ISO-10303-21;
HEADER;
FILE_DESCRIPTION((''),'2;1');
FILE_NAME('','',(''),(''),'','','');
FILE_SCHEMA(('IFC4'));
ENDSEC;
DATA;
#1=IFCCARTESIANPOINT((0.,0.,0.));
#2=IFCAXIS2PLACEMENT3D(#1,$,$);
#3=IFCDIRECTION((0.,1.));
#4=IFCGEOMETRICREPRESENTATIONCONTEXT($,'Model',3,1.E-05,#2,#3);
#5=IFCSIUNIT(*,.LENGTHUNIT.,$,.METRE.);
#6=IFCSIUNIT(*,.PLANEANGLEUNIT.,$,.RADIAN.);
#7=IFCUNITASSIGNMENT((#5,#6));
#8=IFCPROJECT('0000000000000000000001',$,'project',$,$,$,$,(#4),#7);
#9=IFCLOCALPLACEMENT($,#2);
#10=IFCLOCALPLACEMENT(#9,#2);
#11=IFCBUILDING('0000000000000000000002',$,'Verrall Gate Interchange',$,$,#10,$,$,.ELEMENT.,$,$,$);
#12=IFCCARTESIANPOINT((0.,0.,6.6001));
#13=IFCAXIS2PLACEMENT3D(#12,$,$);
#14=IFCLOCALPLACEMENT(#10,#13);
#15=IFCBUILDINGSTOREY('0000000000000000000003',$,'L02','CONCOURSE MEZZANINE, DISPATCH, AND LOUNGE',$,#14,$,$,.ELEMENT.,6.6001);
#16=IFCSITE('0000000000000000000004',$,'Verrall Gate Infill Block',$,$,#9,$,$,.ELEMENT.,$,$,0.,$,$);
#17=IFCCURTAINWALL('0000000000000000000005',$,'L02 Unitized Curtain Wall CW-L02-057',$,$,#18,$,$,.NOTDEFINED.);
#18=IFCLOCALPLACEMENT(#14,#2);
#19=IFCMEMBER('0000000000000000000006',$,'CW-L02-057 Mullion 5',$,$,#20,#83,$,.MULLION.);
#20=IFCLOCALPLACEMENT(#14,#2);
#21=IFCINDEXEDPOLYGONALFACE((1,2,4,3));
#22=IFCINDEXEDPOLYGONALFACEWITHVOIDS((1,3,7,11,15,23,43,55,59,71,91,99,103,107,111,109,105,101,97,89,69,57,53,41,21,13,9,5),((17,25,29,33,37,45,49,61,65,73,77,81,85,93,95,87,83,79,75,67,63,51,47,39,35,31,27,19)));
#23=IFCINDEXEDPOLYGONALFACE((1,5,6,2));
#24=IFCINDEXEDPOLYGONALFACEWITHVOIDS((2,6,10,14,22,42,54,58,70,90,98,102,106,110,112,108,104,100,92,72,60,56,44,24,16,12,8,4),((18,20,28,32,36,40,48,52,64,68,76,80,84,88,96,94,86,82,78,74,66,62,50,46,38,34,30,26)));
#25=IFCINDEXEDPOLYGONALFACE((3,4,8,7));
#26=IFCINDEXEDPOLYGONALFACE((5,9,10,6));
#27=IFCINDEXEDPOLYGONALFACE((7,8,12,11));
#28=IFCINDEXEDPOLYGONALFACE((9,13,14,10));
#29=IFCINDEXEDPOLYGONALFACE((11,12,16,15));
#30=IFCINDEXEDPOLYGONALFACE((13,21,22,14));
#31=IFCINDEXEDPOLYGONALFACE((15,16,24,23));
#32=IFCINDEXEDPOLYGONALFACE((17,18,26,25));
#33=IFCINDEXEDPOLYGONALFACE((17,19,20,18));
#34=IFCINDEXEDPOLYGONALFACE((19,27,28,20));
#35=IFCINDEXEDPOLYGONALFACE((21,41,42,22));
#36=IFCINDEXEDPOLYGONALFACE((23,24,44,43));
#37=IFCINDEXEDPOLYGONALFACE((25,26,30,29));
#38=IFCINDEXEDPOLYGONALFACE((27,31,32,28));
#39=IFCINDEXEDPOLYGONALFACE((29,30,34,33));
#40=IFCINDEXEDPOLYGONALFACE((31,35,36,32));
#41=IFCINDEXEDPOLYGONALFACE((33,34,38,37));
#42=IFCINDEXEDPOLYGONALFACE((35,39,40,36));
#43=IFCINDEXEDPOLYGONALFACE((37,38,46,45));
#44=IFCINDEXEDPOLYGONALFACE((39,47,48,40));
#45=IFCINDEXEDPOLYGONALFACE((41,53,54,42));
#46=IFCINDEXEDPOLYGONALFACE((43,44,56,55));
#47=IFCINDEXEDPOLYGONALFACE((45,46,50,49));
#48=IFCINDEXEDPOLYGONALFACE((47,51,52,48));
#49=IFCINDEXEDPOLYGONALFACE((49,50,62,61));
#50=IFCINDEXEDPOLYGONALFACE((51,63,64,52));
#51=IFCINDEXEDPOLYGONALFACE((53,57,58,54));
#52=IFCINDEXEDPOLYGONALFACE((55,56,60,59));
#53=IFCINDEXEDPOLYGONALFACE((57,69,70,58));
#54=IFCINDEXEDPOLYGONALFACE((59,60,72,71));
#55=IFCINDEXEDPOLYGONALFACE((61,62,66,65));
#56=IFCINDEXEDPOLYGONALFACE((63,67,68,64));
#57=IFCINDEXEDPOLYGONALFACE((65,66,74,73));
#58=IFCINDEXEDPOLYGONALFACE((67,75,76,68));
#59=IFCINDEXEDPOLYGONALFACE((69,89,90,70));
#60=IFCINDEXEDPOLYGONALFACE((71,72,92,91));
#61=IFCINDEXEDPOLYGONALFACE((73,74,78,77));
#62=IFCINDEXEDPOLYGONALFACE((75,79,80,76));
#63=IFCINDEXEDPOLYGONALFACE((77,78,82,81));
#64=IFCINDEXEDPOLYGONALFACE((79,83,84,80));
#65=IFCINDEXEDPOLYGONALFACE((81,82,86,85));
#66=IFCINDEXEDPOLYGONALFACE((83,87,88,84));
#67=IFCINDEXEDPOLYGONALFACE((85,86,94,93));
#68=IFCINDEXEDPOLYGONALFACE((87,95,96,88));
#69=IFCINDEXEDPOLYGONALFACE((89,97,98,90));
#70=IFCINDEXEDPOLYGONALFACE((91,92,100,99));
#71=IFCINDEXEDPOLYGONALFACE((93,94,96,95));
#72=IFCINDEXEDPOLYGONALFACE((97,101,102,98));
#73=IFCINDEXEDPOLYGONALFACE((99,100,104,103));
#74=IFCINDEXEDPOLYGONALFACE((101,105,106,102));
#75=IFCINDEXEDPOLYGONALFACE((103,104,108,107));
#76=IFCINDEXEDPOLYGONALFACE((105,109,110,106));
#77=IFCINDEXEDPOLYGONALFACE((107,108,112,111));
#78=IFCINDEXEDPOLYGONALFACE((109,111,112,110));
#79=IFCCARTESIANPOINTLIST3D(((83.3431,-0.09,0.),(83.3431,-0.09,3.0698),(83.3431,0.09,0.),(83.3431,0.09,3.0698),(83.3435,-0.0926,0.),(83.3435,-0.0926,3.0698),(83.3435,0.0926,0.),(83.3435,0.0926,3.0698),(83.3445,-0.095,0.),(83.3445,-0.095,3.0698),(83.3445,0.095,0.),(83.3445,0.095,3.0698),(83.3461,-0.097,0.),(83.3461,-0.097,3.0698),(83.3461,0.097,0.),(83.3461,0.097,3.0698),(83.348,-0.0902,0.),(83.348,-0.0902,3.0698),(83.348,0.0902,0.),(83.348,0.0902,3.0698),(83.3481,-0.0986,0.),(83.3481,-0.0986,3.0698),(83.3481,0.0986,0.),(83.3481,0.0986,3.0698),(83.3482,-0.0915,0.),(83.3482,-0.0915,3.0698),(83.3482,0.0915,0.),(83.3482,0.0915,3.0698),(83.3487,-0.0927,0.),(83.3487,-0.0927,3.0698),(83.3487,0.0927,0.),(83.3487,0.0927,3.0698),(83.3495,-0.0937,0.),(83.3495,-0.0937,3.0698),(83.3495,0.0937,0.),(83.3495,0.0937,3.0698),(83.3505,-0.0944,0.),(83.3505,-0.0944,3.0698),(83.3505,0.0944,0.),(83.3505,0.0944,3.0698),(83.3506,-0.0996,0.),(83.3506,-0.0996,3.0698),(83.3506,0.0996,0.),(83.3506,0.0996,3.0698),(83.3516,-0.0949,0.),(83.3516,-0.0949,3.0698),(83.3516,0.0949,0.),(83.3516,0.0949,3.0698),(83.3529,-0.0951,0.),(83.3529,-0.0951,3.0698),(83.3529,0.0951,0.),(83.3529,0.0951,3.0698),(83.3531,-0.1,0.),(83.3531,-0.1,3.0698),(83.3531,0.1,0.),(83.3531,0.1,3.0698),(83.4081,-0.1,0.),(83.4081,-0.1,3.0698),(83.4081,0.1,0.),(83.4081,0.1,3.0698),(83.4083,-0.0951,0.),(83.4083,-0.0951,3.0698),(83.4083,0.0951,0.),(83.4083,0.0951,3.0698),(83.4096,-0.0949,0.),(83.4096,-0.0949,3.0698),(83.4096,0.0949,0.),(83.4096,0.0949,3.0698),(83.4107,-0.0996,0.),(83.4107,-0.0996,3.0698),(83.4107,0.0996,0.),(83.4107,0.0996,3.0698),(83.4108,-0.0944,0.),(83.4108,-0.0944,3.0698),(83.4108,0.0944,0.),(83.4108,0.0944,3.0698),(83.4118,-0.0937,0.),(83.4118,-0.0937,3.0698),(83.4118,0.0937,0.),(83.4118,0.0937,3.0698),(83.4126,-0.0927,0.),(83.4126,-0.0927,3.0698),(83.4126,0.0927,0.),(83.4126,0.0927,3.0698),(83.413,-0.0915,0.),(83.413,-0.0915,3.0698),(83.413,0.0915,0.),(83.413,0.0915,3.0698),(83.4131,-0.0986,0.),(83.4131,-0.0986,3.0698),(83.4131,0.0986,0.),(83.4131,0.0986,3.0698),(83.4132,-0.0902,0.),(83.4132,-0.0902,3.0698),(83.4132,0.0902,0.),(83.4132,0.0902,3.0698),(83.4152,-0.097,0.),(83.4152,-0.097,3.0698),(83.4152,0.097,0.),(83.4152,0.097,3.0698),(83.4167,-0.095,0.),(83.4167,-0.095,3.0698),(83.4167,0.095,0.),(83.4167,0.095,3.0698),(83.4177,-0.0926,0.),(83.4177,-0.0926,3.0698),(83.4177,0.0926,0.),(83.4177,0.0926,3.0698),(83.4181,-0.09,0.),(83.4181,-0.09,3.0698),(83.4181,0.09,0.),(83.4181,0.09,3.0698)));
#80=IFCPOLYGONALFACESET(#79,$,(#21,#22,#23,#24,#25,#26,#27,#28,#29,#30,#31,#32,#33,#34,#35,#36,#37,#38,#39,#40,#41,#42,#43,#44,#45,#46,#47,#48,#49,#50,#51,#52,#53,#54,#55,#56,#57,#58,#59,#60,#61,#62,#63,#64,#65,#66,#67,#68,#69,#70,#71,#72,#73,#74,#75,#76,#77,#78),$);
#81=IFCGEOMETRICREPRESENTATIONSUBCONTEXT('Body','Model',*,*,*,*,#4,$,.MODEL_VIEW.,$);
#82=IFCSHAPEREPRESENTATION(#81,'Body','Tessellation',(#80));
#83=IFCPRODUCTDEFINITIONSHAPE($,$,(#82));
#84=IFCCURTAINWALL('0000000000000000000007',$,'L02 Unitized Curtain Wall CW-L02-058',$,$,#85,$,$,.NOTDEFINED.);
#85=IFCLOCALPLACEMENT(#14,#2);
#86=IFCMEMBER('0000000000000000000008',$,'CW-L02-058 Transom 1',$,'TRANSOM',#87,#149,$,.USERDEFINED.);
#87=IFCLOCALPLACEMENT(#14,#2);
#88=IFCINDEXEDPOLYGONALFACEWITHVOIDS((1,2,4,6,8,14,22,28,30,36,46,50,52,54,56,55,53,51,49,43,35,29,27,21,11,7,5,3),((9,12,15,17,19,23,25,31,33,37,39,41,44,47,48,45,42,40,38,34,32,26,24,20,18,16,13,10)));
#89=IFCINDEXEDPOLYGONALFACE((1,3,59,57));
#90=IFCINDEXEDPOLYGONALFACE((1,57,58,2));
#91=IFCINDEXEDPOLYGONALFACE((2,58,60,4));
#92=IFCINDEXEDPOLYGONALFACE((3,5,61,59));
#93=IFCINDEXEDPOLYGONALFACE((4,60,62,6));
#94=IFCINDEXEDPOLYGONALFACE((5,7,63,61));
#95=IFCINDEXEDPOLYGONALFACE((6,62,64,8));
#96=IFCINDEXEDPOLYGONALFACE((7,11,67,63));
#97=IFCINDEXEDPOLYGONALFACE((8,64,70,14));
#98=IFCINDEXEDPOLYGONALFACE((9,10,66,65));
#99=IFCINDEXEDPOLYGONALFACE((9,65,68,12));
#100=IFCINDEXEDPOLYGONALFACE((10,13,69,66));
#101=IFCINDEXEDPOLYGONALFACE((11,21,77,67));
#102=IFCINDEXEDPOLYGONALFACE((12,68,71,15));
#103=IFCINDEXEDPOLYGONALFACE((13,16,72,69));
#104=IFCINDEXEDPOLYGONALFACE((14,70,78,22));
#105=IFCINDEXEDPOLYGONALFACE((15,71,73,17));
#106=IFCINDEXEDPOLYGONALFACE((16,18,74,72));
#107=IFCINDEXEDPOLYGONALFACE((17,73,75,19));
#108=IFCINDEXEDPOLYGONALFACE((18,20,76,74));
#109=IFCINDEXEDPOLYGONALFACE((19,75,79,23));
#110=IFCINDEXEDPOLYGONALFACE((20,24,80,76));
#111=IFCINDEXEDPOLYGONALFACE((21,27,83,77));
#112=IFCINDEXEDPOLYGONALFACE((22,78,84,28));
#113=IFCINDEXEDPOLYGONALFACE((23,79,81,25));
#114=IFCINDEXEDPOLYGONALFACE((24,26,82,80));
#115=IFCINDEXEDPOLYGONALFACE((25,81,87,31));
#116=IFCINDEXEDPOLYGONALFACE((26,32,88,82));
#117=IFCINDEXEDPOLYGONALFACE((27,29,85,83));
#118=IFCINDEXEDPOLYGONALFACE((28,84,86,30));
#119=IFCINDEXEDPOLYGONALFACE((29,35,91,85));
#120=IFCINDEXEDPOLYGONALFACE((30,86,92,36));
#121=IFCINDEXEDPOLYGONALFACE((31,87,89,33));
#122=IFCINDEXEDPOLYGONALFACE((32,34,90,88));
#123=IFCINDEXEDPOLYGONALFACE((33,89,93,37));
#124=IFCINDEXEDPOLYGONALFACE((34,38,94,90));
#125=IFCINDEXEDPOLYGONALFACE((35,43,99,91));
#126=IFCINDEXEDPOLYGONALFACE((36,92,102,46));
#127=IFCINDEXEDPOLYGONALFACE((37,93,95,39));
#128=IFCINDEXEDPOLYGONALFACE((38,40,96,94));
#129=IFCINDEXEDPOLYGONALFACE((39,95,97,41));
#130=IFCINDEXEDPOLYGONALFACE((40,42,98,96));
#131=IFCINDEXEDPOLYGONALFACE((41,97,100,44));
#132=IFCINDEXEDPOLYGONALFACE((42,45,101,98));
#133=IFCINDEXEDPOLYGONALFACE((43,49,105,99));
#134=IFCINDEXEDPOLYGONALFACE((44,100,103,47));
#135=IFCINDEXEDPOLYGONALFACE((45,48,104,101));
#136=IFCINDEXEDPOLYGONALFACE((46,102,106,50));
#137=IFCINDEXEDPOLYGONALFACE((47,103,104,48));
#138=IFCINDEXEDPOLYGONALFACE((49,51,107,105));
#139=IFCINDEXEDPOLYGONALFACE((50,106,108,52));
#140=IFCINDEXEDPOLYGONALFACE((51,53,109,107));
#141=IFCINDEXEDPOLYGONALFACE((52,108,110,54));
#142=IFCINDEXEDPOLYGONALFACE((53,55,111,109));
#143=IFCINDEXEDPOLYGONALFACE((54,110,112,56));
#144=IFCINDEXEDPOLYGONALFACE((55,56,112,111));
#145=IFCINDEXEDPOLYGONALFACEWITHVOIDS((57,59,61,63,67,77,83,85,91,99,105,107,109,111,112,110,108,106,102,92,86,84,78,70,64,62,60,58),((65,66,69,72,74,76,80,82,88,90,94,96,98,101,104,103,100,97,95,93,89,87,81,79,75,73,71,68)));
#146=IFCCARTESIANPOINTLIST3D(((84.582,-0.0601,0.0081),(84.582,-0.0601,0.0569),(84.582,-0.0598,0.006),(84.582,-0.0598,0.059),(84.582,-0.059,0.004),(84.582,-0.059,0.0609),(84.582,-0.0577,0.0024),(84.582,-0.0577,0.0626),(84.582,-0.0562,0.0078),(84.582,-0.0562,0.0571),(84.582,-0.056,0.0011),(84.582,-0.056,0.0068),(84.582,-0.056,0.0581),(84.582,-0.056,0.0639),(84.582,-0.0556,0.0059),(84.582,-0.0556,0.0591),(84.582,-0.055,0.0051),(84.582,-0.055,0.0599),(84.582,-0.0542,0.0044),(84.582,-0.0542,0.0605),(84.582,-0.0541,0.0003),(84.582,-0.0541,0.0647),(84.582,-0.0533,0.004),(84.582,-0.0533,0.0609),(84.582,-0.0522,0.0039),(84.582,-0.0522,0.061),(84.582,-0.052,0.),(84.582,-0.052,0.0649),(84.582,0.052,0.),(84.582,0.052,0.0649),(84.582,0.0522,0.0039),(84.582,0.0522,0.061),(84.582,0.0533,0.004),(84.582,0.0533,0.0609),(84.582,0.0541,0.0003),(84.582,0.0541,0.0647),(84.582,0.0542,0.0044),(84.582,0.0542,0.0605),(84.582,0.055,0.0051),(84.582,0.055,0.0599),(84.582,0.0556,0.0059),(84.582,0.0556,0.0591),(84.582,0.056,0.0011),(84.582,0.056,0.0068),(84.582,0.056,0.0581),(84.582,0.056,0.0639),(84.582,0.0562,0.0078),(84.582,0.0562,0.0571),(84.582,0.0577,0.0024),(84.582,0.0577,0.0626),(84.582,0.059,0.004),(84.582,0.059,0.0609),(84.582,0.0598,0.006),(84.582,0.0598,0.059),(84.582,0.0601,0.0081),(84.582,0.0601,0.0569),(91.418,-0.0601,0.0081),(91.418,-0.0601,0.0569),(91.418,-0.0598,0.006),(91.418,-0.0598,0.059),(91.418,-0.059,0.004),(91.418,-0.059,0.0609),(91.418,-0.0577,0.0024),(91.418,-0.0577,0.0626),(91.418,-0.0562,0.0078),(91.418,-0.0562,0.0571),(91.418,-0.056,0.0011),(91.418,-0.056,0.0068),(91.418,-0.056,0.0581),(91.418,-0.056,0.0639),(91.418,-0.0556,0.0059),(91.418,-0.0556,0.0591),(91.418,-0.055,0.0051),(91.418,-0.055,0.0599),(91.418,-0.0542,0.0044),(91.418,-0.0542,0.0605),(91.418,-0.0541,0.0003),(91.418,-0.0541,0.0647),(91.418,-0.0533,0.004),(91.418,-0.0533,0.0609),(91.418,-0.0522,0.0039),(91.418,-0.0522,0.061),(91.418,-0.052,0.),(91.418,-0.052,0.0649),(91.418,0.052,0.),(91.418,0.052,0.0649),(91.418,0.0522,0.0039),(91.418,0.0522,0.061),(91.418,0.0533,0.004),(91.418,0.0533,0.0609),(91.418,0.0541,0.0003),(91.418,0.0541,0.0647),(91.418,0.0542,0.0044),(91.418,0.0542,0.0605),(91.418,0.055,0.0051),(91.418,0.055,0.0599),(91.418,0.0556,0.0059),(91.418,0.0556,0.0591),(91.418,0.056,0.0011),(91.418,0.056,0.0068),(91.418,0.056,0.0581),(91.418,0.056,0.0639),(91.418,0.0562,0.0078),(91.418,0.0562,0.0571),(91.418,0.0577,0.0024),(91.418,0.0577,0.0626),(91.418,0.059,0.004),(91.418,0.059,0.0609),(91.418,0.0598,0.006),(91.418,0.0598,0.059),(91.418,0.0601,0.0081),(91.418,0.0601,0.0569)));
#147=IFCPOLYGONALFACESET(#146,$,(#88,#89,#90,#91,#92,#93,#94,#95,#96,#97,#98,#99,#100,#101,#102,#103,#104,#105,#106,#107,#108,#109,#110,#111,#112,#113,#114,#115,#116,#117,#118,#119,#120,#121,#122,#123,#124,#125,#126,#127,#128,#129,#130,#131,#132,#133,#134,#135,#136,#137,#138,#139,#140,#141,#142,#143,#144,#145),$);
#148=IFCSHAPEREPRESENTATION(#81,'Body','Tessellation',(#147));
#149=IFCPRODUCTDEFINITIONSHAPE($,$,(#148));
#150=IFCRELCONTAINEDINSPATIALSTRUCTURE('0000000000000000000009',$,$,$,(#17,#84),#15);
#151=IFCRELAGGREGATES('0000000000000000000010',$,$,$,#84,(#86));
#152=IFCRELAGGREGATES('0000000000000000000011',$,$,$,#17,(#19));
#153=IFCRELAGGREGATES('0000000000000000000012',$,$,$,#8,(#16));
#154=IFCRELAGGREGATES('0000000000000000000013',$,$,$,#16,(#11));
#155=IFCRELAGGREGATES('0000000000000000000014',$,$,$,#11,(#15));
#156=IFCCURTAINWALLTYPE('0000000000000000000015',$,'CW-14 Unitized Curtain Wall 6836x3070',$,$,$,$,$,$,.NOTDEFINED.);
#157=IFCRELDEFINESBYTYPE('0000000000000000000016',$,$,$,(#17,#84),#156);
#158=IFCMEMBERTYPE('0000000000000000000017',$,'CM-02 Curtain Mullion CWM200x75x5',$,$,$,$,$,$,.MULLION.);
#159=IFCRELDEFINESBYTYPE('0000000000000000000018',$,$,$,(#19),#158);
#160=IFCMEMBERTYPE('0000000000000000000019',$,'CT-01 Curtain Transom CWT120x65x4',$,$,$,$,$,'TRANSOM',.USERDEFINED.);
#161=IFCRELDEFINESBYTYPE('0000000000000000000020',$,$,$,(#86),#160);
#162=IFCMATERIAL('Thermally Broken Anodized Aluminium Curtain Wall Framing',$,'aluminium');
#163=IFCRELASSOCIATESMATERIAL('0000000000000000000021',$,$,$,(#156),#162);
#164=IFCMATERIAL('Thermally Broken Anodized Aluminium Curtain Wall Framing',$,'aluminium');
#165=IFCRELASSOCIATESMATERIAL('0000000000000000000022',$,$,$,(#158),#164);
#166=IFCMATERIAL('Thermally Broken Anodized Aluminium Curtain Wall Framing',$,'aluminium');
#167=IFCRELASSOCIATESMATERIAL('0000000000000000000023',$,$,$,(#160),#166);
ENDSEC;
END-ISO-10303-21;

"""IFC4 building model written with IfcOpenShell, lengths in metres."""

from ifc_helpers import new_model, si_unit, direction, frame, origin, origin_2d, place, context, subcontext, project, spatial, hollow_rectangle, extrude, material, material_profile, profile_set, type_object, element, aggregate, save


model = new_model("IFC4")

# Units and contexts
model_context = context("Model", 3, precision=1e-05, world=origin(), true_north=direction((0.0, 1.0)))
body_context = subcontext(model_context, "Body", "Model", "MODEL_VIEW")
ifc_project = project(units=[si_unit("LENGTHUNIT", "METRE"), si_unit("PLANEANGLEUNIT", "RADIAN")], contexts=[model_context])

# Site, building, storey
site_placement = place(None, origin())
site = spatial("IfcSite", under=ifc_project, at=site_placement, Name="Verrall Gate Infill Block", CompositionType="ELEMENT", RefElevation=0.0)
building_placement = place(site_placement, origin())
building = spatial("IfcBuilding", under=site, at=building_placement, Name="Verrall Gate Interchange", CompositionType="ELEMENT")
storey_placement = place(building_placement, frame((0.0, 0.0, 6.6001)))
storey = spatial("IfcBuildingStorey", under=building, at=storey_placement, Name="L02", Description="CONCOURSE MEZZANINE, DISPATCH, AND LOUNGE", CompositionType="ELEMENT", Elevation=6.6001)

# Curtain walls, members
ifc_material_1 = material(Name="Thermally Broken Anodized Aluminium Curtain Wall Framing", Category="aluminium")
curtain_wall_type = type_object("IfcCurtainWallType", Name="CW-14 Unitized Curtain Wall 6836x3070", PredefinedType="NOTDEFINED", material=ifc_material_1)
curtain_wall_1_placement = place(storey_placement, origin())
curtain_wall_1 = element("IfcCurtainWall", 1, at=curtain_wall_1_placement, inside=storey, type_object=curtain_wall_type, Name="L02 Unitized Curtain Wall CW-L02-057", PredefinedType="NOTDEFINED")
ifc_material_2 = material(Name="Thermally Broken Anodized Aluminium Curtain Wall Framing", Category="aluminium")
ifc_material_profile_1 = material_profile(ifc_material_2, hollow_rectangle(XDim=0.075, YDim=0.2, WallThickness=0.0049, InnerFilletRadius=0.0049, OuterFilletRadius=0.01, at=origin_2d()), Name="CWM200x75x5")
ifc_profile_set_1 = profile_set([ifc_material_profile_1], Name="Thermally Broken Anodized Aluminium Curtain Wall Framing")
member_type_1 = type_object("IfcMemberType", Name="CM-02 Curtain Mullion CWM200x75x5", PredefinedType="MULLION", material=ifc_profile_set_1)
member_1_placement = place(storey_placement, frame((83.3806, 0.0, 0.0), z_axis=(0.0, 0.0, 1.0), x_axis=(1.0, 0.0, 0.0)))
member_1 = element("IfcMember", 2, at=member_1_placement, type_object=member_type_1, Name="CW-L02-057 Mullion 5", PredefinedType="MULLION", context=body_context, shape_type="SweptSolid", body=[
    extrude(hollow_rectangle(XDim=0.075, YDim=0.2, WallThickness=0.0049, InnerFilletRadius=0.0049, OuterFilletRadius=0.01, at=origin_2d()), origin(), (0.0, 0.0, 1.0), 3.0698),
])
curtain_wall_2_placement = place(storey_placement, origin())
curtain_wall_2 = element("IfcCurtainWall", 3, at=curtain_wall_2_placement, inside=storey, type_object=curtain_wall_type, Name="L02 Unitized Curtain Wall CW-L02-058", PredefinedType="NOTDEFINED")
ifc_material_3 = material(Name="Thermally Broken Anodized Aluminium Curtain Wall Framing", Category="aluminium")
ifc_material_profile_2 = material_profile(ifc_material_3, hollow_rectangle(XDim=0.1201, YDim=0.0649, WallThickness=0.0039, InnerFilletRadius=0.0039, OuterFilletRadius=0.0081, at=origin_2d()), Name="CWT120x65x4")
ifc_profile_set_2 = profile_set([ifc_material_profile_2], Name="Thermally Broken Anodized Aluminium Curtain Wall Framing")
member_type_2 = type_object("IfcMemberType", Name="CT-01 Curtain Transom CWT120x65x4", ElementType="TRANSOM", PredefinedType="USERDEFINED", material=ifc_profile_set_2)
member_2_placement = place(storey_placement, frame((84.582, 0.0, 0.0325), z_axis=(1.0, 0.0, 0.0), x_axis=(0.0, 1.0, 0.0)))
member_2 = element("IfcMember", 4, at=member_2_placement, type_object=member_type_2, Name="CW-L02-058 Transom 1", ObjectType="TRANSOM", PredefinedType="USERDEFINED", context=body_context, shape_type="SweptSolid", body=[
    extrude(hollow_rectangle(XDim=0.1201, YDim=0.0649, WallThickness=0.0039, InnerFilletRadius=0.0039, OuterFilletRadius=0.0081, at=origin_2d()), origin(), (0.0, 0.0, 1.0), 6.8359),
])
aggregate(curtain_wall_2, [member_2])

aggregate(curtain_wall_1, [member_1])

save(model, "model.ifc")
